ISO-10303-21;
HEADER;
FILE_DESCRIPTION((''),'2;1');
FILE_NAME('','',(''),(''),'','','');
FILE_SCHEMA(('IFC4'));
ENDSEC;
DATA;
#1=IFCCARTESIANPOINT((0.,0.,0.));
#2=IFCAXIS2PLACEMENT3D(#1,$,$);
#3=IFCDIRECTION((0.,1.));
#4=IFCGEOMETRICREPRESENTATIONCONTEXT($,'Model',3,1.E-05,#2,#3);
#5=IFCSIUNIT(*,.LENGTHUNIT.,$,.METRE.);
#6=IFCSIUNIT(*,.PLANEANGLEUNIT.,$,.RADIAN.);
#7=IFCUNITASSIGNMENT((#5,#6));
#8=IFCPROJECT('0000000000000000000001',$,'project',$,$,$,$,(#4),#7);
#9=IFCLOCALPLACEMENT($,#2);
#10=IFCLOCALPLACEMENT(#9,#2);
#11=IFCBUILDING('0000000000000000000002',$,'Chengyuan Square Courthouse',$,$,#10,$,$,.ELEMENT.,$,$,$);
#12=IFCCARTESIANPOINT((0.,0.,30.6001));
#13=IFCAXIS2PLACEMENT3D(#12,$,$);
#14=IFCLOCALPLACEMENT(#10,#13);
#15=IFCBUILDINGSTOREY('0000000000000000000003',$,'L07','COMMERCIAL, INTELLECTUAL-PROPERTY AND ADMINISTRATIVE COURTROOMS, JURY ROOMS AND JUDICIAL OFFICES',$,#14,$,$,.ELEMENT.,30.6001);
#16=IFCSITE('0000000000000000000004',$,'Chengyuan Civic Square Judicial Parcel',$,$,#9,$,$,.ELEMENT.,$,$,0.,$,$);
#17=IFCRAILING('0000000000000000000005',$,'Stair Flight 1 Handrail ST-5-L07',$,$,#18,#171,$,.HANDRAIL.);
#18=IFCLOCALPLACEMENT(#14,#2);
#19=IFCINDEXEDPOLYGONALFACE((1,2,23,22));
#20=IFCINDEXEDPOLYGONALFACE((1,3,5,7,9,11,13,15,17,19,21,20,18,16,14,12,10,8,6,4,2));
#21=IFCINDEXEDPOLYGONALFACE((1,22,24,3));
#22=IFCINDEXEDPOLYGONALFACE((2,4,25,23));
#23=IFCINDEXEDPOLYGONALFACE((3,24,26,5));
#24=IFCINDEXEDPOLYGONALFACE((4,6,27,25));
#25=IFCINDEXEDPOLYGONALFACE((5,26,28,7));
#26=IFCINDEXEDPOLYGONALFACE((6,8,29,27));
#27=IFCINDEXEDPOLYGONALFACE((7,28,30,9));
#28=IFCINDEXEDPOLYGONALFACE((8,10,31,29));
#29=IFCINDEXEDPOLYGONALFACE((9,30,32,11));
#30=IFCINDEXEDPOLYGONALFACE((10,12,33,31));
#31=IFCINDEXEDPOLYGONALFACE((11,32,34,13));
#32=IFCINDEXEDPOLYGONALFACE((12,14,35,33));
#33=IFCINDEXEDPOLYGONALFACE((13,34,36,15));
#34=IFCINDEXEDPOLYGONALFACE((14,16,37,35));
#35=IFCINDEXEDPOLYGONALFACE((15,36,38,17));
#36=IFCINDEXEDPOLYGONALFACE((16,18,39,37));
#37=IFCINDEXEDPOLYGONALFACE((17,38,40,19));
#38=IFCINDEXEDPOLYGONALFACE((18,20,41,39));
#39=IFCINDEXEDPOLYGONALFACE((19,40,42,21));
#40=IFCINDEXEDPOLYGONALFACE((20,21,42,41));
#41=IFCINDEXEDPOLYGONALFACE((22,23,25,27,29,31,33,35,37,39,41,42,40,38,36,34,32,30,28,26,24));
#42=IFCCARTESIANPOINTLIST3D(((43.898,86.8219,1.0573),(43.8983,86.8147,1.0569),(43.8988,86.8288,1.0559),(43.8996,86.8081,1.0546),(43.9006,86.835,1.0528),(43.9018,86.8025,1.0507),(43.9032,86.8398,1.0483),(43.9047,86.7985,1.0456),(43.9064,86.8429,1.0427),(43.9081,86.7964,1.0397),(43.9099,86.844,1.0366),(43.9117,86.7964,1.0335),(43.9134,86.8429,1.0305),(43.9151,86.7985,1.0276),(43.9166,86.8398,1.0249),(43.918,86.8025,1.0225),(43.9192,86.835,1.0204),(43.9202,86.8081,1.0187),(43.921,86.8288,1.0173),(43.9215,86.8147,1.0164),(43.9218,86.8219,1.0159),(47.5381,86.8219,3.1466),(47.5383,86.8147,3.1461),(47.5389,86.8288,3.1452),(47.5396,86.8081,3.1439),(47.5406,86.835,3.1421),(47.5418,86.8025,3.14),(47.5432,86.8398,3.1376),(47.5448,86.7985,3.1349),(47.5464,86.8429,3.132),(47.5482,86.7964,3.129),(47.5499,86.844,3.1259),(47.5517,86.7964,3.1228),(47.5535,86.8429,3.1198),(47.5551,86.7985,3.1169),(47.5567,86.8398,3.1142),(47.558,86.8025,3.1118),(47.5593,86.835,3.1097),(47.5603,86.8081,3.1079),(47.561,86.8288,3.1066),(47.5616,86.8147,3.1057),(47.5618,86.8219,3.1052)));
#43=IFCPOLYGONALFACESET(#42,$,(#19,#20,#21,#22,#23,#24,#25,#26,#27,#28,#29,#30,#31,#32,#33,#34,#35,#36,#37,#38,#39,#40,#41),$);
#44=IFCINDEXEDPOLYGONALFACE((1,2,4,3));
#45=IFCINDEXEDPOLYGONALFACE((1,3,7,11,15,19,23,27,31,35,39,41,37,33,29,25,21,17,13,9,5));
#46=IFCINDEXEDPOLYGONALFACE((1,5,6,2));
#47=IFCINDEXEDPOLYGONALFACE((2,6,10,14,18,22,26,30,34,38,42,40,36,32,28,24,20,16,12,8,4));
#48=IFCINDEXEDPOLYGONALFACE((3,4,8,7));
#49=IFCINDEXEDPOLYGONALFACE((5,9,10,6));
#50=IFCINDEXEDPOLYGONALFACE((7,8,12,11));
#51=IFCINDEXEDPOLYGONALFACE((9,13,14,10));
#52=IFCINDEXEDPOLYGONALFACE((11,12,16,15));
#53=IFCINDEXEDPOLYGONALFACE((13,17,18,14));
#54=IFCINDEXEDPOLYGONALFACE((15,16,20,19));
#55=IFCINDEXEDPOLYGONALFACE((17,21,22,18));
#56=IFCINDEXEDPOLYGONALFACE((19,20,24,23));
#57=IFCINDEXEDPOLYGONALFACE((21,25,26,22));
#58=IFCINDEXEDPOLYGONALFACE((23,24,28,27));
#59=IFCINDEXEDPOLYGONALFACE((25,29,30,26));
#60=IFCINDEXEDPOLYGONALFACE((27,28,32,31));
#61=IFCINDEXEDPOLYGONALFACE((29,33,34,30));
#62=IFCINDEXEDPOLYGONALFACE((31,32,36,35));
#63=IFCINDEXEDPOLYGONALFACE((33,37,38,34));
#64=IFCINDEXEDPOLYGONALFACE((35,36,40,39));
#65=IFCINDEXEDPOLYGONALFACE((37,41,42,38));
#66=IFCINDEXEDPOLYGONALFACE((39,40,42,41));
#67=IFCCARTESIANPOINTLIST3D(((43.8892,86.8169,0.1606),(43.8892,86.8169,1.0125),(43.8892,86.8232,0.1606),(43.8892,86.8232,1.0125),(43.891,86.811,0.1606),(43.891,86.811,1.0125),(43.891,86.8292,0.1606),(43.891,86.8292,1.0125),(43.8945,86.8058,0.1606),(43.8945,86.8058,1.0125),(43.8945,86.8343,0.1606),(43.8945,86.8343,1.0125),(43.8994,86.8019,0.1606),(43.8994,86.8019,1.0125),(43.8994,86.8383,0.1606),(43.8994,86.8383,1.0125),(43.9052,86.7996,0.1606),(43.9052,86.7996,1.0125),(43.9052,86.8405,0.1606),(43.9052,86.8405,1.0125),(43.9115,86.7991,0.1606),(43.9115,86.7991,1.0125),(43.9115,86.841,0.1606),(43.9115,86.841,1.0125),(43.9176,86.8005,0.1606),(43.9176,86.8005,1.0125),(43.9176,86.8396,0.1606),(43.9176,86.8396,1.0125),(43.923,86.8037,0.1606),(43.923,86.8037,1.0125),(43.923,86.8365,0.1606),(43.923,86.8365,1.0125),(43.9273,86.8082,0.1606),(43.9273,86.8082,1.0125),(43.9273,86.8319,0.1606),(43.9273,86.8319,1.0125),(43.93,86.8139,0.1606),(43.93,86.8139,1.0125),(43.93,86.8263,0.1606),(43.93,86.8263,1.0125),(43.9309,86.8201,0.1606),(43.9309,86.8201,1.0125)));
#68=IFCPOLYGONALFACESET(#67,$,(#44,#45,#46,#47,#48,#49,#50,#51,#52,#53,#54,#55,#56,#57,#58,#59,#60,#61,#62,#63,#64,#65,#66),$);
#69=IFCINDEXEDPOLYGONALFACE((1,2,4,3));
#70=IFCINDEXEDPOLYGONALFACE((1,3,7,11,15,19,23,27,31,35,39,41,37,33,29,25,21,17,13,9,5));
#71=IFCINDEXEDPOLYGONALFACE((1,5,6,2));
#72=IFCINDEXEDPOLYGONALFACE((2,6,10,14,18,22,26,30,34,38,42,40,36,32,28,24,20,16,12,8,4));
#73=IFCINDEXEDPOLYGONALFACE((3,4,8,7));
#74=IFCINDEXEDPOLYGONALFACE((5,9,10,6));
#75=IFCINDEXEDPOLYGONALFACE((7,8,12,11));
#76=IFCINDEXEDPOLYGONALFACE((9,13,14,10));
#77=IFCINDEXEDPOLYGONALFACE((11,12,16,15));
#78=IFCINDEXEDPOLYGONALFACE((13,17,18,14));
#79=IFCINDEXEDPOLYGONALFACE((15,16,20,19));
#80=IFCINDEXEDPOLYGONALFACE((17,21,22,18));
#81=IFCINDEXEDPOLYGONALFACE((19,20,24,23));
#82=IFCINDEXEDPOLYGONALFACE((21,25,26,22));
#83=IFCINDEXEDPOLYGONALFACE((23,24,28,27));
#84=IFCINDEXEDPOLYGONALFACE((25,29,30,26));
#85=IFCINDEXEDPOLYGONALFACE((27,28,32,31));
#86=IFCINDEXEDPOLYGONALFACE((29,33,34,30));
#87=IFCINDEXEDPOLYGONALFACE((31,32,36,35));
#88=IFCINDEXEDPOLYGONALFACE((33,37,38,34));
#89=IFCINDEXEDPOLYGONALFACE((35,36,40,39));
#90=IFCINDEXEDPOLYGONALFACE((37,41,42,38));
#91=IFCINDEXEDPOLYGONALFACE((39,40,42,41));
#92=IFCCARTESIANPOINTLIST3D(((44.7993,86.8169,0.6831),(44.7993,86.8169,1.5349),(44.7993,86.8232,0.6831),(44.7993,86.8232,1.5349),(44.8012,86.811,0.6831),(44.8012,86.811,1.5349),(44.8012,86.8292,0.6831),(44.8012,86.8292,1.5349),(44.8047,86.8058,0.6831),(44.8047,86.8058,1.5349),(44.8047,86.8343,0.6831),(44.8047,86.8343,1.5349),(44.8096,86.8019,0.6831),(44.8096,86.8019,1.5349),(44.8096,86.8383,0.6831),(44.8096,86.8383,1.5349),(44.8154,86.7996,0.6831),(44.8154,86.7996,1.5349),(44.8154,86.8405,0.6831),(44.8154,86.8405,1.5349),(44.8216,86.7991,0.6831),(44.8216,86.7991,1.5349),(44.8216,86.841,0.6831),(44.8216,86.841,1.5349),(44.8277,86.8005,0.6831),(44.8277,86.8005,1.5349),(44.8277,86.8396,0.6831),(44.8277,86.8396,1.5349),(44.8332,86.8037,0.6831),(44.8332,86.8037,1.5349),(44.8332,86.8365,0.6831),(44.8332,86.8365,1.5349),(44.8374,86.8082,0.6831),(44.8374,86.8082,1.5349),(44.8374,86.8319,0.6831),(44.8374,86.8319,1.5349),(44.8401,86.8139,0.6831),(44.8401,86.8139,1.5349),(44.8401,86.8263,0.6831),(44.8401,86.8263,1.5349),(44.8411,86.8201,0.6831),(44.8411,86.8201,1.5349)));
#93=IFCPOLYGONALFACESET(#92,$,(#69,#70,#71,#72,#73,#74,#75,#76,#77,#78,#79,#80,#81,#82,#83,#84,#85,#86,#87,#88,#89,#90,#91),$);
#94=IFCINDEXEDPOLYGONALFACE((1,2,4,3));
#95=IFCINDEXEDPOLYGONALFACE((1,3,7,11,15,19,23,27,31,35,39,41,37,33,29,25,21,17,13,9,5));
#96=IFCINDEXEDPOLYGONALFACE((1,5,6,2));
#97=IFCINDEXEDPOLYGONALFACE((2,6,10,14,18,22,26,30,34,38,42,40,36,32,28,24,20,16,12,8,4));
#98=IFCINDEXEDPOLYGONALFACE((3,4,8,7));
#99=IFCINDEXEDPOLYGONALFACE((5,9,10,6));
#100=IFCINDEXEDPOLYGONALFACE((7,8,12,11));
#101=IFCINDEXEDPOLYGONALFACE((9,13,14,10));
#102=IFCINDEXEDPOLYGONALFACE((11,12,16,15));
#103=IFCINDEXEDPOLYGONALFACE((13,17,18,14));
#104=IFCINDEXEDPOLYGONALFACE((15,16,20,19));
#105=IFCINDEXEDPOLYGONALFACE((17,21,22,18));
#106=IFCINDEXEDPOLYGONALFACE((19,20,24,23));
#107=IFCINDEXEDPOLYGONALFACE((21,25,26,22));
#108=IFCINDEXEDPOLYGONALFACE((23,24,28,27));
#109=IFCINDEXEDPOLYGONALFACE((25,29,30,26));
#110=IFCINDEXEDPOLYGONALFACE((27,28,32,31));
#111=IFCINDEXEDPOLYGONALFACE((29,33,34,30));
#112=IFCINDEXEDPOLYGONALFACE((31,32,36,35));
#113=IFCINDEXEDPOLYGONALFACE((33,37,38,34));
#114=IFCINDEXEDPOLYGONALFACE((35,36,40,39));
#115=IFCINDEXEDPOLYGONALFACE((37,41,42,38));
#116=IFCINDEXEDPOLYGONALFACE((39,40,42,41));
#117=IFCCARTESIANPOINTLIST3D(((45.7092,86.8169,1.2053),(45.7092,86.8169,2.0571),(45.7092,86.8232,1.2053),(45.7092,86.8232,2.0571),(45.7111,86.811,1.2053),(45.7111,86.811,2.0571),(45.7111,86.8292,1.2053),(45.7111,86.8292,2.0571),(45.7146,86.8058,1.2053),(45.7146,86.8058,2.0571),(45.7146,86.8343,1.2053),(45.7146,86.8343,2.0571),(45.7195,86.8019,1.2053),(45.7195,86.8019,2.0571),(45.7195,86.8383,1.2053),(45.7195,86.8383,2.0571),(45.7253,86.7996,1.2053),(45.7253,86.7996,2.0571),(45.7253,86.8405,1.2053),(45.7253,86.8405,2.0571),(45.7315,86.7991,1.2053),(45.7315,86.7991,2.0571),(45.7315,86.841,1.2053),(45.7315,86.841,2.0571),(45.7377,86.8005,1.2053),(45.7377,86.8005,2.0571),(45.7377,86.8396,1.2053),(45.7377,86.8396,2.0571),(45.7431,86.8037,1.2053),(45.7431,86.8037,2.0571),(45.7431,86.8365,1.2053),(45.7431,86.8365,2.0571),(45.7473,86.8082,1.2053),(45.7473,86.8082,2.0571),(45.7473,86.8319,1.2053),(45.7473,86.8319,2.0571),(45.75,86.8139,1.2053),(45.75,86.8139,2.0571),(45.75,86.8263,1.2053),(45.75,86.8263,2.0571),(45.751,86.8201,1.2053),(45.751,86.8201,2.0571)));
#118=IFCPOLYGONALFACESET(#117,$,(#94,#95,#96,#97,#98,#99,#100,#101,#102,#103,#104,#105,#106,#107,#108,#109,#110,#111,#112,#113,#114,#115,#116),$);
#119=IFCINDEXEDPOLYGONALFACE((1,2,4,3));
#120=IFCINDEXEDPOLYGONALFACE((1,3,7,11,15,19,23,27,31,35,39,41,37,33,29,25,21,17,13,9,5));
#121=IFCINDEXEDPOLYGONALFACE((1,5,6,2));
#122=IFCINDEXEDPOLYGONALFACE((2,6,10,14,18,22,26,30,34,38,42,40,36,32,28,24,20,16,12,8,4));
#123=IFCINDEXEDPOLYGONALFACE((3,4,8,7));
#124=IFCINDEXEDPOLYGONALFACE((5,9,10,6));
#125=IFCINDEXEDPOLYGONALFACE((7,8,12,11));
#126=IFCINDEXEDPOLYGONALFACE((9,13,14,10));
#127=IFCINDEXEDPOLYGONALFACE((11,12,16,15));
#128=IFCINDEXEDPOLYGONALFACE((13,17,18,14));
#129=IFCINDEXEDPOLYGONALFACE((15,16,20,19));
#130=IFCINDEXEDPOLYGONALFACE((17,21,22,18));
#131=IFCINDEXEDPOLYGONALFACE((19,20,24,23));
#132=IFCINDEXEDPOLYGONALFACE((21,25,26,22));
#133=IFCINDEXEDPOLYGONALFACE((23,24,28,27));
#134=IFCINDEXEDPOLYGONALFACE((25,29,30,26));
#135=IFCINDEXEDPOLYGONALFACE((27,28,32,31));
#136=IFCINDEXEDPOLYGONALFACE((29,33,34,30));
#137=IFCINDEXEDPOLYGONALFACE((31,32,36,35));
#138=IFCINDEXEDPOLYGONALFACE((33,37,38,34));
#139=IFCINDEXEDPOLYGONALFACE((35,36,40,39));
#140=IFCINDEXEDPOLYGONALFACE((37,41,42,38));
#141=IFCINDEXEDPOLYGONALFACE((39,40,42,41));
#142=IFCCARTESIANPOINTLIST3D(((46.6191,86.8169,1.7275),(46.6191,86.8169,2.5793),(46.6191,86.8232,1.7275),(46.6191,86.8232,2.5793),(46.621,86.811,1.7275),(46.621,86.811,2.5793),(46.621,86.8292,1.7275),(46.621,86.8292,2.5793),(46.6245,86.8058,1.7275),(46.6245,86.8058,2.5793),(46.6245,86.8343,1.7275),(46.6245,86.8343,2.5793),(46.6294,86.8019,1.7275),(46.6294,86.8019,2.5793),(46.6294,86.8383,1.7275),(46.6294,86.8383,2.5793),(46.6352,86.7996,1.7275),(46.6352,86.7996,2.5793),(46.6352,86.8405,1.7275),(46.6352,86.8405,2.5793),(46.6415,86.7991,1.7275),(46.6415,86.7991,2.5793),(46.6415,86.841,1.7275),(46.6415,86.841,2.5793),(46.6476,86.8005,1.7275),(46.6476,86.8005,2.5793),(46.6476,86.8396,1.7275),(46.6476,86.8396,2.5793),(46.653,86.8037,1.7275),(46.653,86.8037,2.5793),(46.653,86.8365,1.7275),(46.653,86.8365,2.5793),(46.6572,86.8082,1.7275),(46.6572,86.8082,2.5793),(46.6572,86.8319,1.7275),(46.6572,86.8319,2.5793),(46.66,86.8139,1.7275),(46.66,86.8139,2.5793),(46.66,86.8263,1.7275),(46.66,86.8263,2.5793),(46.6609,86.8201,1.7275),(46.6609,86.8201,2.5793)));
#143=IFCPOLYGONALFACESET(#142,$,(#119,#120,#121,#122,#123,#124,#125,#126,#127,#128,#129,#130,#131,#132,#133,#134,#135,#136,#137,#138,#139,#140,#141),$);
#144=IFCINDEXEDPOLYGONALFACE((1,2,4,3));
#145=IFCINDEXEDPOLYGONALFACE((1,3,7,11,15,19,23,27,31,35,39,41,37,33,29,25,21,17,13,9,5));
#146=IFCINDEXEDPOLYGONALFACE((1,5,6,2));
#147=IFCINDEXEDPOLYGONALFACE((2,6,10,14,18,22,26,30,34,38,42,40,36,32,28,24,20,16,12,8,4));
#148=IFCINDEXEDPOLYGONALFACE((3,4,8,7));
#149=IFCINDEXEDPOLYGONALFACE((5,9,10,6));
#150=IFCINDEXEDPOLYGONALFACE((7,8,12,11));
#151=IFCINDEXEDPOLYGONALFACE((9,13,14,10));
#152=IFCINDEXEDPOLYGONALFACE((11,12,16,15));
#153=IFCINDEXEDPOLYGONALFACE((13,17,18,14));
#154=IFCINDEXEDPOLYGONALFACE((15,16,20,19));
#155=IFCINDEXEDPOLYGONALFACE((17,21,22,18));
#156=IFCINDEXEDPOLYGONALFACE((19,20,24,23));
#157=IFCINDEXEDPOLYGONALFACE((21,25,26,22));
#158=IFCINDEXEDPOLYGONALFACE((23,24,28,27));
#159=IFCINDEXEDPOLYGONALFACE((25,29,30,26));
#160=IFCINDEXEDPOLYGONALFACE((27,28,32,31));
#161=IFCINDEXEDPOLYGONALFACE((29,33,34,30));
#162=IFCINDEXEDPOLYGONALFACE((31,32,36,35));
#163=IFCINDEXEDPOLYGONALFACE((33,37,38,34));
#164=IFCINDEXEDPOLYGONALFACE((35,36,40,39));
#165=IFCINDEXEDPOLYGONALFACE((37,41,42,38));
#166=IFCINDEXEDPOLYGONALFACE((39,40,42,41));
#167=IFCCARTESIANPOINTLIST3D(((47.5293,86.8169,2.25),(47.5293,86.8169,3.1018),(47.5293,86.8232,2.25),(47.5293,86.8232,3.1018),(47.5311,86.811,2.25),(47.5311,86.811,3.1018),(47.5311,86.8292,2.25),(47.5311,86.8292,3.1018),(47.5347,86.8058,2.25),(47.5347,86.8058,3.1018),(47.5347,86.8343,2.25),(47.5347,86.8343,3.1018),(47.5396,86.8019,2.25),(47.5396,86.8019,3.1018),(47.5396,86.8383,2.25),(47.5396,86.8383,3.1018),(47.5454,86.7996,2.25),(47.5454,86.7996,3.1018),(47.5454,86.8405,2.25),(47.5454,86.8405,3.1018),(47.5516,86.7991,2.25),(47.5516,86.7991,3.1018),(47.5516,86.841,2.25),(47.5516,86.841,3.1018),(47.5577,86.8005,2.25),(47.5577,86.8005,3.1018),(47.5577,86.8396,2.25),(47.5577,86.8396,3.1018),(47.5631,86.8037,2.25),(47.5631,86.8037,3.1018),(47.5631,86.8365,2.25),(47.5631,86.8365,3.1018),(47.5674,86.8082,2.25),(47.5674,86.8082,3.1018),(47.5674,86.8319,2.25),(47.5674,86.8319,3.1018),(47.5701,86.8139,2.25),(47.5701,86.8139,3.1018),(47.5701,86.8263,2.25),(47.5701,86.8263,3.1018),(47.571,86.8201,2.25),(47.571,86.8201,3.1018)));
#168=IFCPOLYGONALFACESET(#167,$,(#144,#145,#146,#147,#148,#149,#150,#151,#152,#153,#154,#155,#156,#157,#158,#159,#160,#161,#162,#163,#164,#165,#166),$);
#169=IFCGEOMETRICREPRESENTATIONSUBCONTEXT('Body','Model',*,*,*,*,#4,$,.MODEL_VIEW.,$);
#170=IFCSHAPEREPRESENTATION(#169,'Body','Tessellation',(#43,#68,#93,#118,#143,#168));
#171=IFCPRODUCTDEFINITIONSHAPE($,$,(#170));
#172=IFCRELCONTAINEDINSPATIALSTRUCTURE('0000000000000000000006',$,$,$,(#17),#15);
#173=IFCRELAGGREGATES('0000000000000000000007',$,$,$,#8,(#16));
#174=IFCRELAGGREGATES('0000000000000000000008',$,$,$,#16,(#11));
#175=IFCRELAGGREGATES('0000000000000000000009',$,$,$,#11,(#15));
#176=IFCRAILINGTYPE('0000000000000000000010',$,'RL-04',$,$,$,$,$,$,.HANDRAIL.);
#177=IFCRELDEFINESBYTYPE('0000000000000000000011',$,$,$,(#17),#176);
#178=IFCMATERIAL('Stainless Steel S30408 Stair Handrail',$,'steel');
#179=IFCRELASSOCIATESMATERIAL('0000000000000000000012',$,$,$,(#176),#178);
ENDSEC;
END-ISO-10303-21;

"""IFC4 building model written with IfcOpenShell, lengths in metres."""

from ifc_helpers import new_model, si_unit, direction, frame, origin, origin_2d, place, context, subcontext, project, spatial, circle, extrude, material, type_object, element, save


model = new_model("IFC4")

# Units and contexts
model_context = context("Model", 3, precision=1e-05, world=origin(), true_north=direction((0.0, 1.0)))
body_context = subcontext(model_context, "Body", "Model", "MODEL_VIEW")
ifc_project = project(units=[si_unit("LENGTHUNIT", "METRE"), si_unit("PLANEANGLEUNIT", "RADIAN")], contexts=[model_context])

# Site, building, storey
site_placement = place(None, origin())
site = spatial("IfcSite", under=ifc_project, at=site_placement, Name="Chengyuan Civic Square Judicial Parcel", CompositionType="ELEMENT", RefElevation=0.0)
building_placement = place(site_placement, origin())
building = spatial("IfcBuilding", under=site, at=building_placement, Name="Chengyuan Square Courthouse", CompositionType="ELEMENT")
storey_placement = place(building_placement, frame((0.0, 0.0, 30.6001)))
storey = spatial("IfcBuildingStorey", under=building, at=storey_placement, Name="L07", Description="COMMERCIAL, INTELLECTUAL-PROPERTY AND ADMINISTRATIVE COURTROOMS, JURY ROOMS AND JUDICIAL OFFICES", CompositionType="ELEMENT", Elevation=30.6001)

# Railing
ifc_material_1 = material(Name="Stainless Steel S30408 Stair Handrail", Category="steel")
railing_type_1 = type_object("IfcRailingType", Name="RL-04", PredefinedType="HANDRAIL", material=ifc_material_1)
railing_1_placement = place(storey_placement, frame((43.9099, 86.8201, 0.1606)))
element("IfcRailing", 1, at=railing_1_placement, inside=storey, type_object=railing_type_1, Name="Stair Flight 1 Handrail ST-5-L07", PredefinedType="HANDRAIL", context=body_context, shape_type="SweptSolid", body=[
    extrude(circle(Radius=0.0239, at=origin_2d()), frame((0.0, 0.0, 0.876), z_axis=(0.867289, 0.0, 0.497804), x_axis=(0.0, 1.0, 0.0)), (0.0, 0.0, 1.0), 4.197),
    extrude(circle(Radius=0.021, at=origin_2d()), origin(), (0.0, 0.0, 1.0), 0.8518),
    extrude(circle(Radius=0.021, at=origin_2d()), frame((0.9102, 0.0, 0.5225)), (0.0, 0.0, 1.0), 0.8518),
    extrude(circle(Radius=0.021, at=origin_2d()), frame((1.8201, 0.0, 1.0447)), (0.0, 0.0, 1.0), 0.8518),
    extrude(circle(Radius=0.021, at=origin_2d()), frame((2.73, 0.0, 1.5669)), (0.0, 0.0, 1.0), 0.8518),
    extrude(circle(Radius=0.021, at=origin_2d()), frame((3.6401, 0.0, 2.0894)), (0.0, 0.0, 1.0), 0.8518),
])

save(model, "model.ifc")
